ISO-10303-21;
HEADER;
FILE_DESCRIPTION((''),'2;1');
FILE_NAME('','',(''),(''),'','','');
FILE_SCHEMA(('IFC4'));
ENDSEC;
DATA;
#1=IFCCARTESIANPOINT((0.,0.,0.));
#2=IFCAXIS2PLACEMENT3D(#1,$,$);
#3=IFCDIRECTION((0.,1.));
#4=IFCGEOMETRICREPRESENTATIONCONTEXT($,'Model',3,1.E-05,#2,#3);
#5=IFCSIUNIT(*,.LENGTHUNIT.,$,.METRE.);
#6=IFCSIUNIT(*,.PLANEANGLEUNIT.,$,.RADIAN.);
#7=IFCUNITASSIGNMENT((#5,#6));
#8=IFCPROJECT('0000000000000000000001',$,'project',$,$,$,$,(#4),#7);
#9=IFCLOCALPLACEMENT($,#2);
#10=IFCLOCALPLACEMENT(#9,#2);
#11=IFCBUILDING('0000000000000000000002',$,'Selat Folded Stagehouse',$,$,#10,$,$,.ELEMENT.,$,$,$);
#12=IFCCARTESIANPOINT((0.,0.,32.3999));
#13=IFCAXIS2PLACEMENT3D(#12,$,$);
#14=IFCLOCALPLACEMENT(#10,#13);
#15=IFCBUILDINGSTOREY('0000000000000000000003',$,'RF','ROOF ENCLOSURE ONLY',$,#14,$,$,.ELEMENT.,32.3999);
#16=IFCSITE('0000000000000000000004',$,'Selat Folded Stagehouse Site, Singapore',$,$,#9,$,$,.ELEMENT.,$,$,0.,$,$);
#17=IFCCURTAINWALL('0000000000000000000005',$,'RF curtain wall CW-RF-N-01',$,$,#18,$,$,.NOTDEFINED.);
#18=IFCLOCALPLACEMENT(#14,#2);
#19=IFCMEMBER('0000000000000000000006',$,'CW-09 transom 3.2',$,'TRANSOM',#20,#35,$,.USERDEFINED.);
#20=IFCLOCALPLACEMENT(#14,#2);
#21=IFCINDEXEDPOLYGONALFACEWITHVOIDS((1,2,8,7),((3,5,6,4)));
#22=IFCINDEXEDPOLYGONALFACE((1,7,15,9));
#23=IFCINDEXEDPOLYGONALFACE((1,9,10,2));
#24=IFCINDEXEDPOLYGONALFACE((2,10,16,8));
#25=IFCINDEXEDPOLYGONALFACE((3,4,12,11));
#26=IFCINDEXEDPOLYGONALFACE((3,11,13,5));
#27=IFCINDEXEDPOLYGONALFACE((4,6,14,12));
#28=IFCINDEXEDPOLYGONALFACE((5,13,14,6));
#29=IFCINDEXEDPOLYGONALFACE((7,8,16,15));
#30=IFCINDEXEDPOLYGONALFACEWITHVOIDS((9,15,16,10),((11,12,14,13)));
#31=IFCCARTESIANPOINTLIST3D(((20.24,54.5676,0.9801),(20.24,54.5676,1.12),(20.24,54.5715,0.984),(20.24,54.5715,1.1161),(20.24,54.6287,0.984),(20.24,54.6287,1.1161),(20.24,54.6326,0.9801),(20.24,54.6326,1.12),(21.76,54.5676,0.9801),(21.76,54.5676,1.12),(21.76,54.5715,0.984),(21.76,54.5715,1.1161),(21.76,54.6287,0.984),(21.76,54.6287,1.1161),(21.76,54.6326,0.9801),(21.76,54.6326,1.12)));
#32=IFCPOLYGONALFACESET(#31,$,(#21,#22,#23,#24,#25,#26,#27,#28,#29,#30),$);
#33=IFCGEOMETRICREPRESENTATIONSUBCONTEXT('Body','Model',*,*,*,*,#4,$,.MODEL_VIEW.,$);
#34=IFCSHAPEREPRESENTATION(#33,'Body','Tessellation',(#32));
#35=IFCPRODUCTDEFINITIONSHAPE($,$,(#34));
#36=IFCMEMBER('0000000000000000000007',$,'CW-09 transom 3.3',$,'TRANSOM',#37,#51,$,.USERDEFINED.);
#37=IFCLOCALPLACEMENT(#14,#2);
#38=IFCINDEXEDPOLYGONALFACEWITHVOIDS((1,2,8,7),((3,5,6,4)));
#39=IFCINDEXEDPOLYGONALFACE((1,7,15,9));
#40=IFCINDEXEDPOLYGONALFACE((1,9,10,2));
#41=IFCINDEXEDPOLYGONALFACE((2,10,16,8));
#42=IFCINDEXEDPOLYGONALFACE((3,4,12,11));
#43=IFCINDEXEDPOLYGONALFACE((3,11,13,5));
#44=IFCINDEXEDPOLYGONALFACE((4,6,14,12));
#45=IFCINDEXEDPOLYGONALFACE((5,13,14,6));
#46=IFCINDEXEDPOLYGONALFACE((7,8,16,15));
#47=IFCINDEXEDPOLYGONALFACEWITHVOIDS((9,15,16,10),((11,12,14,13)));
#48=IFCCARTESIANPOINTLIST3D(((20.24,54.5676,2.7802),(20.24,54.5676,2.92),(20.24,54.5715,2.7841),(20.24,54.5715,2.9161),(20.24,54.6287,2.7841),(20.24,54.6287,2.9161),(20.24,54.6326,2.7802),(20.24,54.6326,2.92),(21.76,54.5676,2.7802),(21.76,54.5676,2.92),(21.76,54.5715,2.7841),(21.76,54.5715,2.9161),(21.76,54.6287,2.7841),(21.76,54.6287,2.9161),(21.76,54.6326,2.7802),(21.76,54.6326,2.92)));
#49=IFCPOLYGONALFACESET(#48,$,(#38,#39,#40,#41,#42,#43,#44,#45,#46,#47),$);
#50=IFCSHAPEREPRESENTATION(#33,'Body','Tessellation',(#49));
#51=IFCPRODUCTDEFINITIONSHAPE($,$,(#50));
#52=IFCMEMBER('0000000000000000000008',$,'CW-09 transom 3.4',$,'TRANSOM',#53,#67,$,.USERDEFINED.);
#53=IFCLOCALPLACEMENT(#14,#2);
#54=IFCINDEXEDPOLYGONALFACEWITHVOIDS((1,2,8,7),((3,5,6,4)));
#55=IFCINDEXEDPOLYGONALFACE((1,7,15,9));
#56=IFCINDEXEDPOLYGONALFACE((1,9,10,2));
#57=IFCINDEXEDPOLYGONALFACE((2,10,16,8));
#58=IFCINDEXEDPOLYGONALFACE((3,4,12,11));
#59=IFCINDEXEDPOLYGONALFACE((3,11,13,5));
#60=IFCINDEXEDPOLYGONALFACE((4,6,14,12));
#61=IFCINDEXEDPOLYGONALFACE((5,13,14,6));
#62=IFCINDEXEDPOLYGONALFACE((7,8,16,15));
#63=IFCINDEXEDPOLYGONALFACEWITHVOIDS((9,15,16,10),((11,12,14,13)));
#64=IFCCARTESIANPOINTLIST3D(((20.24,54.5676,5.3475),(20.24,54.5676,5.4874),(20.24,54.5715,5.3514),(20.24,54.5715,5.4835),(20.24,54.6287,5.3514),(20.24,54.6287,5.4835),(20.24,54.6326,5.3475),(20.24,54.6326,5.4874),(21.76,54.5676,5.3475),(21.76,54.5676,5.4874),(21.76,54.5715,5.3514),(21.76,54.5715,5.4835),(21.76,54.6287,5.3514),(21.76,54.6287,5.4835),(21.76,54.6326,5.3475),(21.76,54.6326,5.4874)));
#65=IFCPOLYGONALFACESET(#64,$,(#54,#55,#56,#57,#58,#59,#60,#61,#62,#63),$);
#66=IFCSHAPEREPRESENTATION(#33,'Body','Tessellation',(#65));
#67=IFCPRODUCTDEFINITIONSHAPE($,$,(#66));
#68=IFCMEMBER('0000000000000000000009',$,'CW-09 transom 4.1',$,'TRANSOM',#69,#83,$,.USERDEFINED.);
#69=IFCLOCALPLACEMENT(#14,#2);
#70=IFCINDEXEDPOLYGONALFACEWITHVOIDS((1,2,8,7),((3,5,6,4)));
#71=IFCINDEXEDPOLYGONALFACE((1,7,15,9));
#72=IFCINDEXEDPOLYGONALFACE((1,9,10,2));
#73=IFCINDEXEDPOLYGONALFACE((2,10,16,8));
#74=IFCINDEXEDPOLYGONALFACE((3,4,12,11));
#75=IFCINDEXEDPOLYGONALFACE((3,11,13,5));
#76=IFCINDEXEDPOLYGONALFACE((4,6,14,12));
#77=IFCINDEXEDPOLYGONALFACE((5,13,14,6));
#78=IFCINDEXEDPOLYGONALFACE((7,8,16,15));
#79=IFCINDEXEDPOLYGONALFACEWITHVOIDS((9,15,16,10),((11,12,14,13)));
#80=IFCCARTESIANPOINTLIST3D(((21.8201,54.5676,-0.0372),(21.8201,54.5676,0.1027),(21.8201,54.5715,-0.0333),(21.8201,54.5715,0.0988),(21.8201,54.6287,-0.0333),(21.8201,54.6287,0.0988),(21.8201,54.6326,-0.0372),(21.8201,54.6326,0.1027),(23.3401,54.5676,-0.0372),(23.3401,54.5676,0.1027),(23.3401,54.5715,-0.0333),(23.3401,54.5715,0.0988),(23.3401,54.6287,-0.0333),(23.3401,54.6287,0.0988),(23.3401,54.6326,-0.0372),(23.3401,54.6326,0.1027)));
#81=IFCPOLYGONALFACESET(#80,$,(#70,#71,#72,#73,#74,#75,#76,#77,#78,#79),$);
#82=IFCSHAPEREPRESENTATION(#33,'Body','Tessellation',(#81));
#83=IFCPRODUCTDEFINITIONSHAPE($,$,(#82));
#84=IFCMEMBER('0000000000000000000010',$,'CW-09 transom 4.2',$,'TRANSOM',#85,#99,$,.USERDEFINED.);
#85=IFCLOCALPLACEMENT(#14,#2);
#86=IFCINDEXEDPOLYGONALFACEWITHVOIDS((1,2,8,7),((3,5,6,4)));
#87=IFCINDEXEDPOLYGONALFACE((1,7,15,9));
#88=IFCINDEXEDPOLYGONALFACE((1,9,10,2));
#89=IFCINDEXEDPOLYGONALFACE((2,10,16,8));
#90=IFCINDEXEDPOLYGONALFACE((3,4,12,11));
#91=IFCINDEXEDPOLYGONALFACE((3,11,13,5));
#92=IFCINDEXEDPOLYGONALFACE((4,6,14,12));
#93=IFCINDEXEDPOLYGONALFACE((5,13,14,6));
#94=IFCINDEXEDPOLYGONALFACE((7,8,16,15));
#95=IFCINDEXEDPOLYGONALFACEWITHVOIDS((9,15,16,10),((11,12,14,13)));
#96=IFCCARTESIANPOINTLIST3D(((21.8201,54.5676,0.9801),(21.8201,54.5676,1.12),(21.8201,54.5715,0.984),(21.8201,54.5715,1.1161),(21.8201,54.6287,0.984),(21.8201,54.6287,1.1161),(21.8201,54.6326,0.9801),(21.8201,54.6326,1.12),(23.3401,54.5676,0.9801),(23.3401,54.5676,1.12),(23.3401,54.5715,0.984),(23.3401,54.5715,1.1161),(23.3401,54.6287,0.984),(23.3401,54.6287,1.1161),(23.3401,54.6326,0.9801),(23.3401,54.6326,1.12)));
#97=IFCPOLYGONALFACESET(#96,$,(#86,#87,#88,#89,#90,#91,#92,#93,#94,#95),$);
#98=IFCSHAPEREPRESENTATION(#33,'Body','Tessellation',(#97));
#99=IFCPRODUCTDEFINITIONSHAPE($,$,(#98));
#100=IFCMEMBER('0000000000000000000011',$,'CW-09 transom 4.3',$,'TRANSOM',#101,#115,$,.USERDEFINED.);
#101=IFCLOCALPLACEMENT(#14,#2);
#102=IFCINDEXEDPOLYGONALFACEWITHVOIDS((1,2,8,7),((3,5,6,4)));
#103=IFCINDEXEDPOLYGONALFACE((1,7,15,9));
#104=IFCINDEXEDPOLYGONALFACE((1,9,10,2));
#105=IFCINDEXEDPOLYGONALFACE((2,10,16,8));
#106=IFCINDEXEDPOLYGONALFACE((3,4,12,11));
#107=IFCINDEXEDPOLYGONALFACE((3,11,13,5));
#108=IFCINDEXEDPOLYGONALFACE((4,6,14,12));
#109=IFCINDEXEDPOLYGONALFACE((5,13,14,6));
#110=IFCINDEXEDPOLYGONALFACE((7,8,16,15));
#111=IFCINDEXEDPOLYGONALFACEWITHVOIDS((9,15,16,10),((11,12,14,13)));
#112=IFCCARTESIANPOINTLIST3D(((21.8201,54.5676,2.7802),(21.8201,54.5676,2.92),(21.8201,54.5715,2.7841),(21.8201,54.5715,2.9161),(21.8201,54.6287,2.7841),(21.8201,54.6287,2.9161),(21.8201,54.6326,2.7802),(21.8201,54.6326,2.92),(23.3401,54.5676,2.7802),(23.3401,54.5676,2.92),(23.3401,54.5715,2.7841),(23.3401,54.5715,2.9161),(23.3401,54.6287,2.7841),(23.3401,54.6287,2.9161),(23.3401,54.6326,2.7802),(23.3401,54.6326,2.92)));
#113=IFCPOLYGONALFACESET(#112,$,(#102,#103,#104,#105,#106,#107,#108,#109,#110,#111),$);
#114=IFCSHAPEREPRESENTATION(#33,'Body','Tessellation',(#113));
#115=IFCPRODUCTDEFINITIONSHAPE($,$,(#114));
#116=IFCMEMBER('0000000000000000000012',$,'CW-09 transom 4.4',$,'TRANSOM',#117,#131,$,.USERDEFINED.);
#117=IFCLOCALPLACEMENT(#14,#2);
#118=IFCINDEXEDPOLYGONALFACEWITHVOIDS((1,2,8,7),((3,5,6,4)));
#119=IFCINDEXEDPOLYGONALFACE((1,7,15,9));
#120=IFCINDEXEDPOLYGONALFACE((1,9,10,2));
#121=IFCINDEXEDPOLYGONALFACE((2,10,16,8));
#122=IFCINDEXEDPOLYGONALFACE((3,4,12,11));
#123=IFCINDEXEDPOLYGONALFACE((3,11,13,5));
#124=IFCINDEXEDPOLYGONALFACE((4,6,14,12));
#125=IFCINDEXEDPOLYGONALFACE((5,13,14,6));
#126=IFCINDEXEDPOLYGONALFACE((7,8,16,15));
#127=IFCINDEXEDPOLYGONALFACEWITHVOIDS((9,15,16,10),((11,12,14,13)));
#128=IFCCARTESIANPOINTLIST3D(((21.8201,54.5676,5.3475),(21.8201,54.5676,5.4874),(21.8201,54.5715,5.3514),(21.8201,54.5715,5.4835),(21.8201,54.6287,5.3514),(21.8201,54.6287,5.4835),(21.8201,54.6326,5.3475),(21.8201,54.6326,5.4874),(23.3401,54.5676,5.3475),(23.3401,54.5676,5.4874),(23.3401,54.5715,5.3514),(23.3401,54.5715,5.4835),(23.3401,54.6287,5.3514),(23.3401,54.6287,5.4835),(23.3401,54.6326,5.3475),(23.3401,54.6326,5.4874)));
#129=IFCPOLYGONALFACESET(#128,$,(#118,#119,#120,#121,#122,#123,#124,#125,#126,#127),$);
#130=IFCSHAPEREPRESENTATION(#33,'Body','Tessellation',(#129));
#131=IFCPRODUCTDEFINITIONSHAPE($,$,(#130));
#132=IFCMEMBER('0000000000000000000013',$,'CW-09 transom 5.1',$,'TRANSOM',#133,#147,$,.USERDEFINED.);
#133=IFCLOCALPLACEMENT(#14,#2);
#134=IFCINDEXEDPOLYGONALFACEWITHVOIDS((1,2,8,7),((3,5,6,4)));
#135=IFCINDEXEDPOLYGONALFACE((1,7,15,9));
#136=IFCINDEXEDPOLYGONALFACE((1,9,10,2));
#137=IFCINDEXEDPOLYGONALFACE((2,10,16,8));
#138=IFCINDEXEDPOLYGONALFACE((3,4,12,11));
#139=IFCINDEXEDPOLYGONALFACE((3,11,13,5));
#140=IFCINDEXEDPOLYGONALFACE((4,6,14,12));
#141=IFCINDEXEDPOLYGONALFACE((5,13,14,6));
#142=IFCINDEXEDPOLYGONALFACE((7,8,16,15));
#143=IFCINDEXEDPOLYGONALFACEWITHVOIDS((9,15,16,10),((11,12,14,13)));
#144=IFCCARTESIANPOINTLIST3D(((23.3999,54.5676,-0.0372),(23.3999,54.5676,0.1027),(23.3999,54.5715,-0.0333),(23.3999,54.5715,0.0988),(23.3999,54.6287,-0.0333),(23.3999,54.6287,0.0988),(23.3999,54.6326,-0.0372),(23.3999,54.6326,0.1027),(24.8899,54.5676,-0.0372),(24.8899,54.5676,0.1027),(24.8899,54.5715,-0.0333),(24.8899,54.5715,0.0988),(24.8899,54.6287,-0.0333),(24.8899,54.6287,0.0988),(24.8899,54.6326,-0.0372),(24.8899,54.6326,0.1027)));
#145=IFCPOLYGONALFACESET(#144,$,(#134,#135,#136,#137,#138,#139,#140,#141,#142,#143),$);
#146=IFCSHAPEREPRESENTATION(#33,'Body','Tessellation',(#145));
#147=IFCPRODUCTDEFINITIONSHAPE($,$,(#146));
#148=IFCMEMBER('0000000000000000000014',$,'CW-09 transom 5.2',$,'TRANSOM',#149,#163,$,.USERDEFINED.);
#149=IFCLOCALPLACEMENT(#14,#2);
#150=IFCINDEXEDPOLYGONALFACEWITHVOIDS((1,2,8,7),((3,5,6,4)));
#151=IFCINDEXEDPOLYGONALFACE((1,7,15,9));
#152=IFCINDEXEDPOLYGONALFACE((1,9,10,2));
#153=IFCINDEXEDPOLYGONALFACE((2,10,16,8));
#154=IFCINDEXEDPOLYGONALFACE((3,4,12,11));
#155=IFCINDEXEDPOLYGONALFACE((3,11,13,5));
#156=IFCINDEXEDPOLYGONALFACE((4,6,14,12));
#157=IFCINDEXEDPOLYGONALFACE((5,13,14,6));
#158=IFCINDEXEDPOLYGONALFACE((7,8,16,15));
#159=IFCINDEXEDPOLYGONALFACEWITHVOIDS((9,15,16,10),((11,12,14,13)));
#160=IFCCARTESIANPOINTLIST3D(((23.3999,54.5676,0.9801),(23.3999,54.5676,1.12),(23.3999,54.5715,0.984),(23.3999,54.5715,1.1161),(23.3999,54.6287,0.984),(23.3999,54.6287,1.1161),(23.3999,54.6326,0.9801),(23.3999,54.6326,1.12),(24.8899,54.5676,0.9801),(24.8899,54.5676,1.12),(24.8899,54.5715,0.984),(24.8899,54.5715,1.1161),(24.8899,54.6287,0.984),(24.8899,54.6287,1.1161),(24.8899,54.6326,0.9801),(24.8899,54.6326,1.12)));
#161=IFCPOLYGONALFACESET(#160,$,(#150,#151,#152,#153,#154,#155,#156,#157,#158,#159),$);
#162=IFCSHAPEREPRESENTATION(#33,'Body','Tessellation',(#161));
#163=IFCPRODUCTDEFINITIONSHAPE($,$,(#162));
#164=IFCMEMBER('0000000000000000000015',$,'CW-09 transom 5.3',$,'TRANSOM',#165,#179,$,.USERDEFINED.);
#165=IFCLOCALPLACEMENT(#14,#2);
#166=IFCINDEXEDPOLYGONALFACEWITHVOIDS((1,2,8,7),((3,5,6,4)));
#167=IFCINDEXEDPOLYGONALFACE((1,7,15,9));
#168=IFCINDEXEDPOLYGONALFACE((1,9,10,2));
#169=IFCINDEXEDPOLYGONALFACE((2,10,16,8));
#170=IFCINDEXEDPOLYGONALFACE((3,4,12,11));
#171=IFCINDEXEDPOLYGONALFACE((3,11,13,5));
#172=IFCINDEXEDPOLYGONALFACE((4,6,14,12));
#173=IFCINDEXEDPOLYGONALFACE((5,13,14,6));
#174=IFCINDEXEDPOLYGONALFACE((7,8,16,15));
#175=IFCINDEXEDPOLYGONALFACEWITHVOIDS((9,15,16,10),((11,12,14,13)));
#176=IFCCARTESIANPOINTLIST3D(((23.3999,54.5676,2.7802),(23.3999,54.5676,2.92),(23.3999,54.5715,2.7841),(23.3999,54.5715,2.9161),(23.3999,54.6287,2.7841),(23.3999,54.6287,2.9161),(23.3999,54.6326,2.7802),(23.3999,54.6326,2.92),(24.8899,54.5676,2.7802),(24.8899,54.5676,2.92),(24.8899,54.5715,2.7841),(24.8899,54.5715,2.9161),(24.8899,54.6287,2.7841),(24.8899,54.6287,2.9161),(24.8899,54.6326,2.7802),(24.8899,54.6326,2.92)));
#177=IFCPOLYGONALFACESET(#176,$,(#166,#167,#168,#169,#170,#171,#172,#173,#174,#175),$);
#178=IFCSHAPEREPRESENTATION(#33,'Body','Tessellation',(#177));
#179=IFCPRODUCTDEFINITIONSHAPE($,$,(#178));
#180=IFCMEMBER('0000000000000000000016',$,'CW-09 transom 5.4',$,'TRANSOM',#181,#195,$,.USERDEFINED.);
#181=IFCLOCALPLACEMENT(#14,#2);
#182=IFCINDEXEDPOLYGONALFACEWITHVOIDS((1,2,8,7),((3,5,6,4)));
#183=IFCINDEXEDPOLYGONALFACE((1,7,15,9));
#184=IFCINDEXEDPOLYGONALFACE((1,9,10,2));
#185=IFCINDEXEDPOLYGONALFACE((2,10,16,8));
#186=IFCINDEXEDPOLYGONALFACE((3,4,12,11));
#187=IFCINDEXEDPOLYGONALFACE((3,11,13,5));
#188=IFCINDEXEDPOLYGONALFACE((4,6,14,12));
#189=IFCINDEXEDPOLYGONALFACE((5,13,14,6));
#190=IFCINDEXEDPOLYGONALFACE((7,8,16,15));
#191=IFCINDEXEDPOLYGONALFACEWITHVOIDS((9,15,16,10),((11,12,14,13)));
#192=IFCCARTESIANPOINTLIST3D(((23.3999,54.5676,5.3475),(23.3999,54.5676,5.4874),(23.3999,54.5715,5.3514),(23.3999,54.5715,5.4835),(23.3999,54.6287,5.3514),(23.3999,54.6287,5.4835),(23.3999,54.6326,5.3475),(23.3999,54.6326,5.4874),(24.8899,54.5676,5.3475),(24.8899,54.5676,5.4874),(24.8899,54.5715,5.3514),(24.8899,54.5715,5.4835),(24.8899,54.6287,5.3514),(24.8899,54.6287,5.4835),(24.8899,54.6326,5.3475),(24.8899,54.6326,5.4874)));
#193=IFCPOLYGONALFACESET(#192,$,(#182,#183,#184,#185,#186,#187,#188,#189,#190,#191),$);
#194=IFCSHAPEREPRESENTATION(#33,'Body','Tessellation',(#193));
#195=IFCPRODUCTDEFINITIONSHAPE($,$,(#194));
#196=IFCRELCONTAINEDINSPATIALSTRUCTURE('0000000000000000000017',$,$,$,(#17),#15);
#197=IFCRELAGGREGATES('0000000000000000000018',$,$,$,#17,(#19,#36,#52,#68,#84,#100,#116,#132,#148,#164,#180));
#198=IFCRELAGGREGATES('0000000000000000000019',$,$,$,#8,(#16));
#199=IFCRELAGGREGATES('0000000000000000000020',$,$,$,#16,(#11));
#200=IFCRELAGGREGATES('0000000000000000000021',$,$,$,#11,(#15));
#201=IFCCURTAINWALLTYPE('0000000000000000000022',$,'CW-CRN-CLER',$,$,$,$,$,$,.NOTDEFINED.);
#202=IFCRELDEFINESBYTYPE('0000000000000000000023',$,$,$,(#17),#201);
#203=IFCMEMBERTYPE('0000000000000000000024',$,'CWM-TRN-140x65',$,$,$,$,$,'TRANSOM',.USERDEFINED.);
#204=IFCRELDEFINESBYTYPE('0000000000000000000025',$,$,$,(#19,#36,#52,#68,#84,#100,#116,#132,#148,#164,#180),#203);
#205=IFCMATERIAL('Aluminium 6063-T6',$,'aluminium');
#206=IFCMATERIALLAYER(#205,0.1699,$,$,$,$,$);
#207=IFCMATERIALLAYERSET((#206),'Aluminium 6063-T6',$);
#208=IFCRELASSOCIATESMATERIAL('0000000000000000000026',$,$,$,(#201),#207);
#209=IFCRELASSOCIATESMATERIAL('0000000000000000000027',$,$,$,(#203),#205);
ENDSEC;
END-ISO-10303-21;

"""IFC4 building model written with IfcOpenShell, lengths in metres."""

from ifc_helpers import new_model, si_unit, direction, frame, origin, origin_2d, place, context, subcontext, project, spatial, hollow_rectangle, extrude, material, layer, layer_set, material_profile, profile_set, type_object, element, aggregate, save


model = new_model("IFC4")

# Units and contexts
model_context = context("Model", 3, precision=1e-05, world=origin(), true_north=direction((0.0, 1.0)))
body_context = subcontext(model_context, "Body", "Model", "MODEL_VIEW")
ifc_project = project(units=[si_unit("LENGTHUNIT", "METRE"), si_unit("PLANEANGLEUNIT", "RADIAN")], contexts=[model_context])

# Site, building, storey
site_placement = place(None, origin())
site = spatial("IfcSite", under=ifc_project, at=site_placement, Name="Selat Folded Stagehouse Site, Singapore", CompositionType="ELEMENT", RefElevation=0.0)
building_placement = place(site_placement, origin())
building = spatial("IfcBuilding", under=site, at=building_placement, Name="Selat Folded Stagehouse", CompositionType="ELEMENT")
storey_placement = place(building_placement, frame((0.0, 0.0, 32.3999)))
storey = spatial("IfcBuildingStorey", under=building, at=storey_placement, Name="RF", Description="ROOF ENCLOSURE ONLY", CompositionType="ELEMENT", Elevation=32.3999)

# Curtain wall
ifc_material_1 = material(Name="Aluminium 6063-T6", Category="aluminium")
ifc_layer_1 = layer(ifc_material_1, 0.1699)
ifc_layer_set_1 = layer_set([ifc_layer_1], Name="Aluminium 6063-T6")
curtain_wall_type = type_object("IfcCurtainWallType", Name="CW-CRN-CLER", PredefinedType="NOTDEFINED", material=ifc_layer_set_1)
curtain_wall_1_placement = place(storey_placement, origin())
curtain_wall_1 = element("IfcCurtainWall", 1, at=curtain_wall_1_placement, inside=storey, type_object=curtain_wall_type, Name="RF curtain wall CW-RF-N-01", PredefinedType="NOTDEFINED")

# Members
ifc_material_profile_1 = material_profile(ifc_material_1, hollow_rectangle(XDim=0.0649, YDim=0.1399, WallThickness=0.0039, at=origin_2d()), Name="ALU 140x65x4.0")
ifc_profile_set_1 = profile_set([ifc_material_profile_1], Name="Aluminium 6063-T6")
member_type_1 = type_object("IfcMemberType", Name="CWM-TRN-140x65", ElementType="TRANSOM", PredefinedType="USERDEFINED", material=ifc_profile_set_1)
member_1_placement = place(storey_placement, frame((20.24, 54.6001, 1.05), z_axis=(1.0, 0.0, 0.0), x_axis=(0.0, 1.0, 0.0)))
member_1 = element("IfcMember", 2, at=member_1_placement, type_object=member_type_1, Name="CW-09 transom 3.2", ObjectType="TRANSOM", PredefinedType="USERDEFINED", context=body_context, shape_type="SweptSolid", body=[
    extrude(hollow_rectangle(XDim=0.0649, YDim=0.1399, WallThickness=0.0039, at=origin_2d()), origin(), (0.0, 0.0, 1.0), 1.52),
])
member_2_placement = place(storey_placement, frame((20.24, 54.6001, 2.8501), z_axis=(1.0, 0.0, 0.0), x_axis=(0.0, 1.0, 0.0)))
member_2 = element("IfcMember", 3, at=member_2_placement, type_object=member_type_1, Name="CW-09 transom 3.3", ObjectType="TRANSOM", PredefinedType="USERDEFINED", context=body_context, shape_type="SweptSolid", body=[
    extrude(hollow_rectangle(XDim=0.0649, YDim=0.1399, WallThickness=0.0039, at=origin_2d()), origin(), (0.0, 0.0, 1.0), 1.52),
])
member_3_placement = place(storey_placement, frame((20.24, 54.6001, 5.4175), z_axis=(1.0, 0.0, 0.0), x_axis=(0.0, 1.0, 0.0)))
member_3 = element("IfcMember", 4, at=member_3_placement, type_object=member_type_1, Name="CW-09 transom 3.4", ObjectType="TRANSOM", PredefinedType="USERDEFINED", context=body_context, shape_type="SweptSolid", body=[
    extrude(hollow_rectangle(XDim=0.0649, YDim=0.1399, WallThickness=0.0039, at=origin_2d()), origin(), (0.0, 0.0, 1.0), 1.52),
])
member_4_placement = place(storey_placement, frame((21.8201, 54.6001, 0.0327), z_axis=(1.0, 0.0, 0.0), x_axis=(0.0, 1.0, 0.0)))
member_4 = element("IfcMember", 5, at=member_4_placement, type_object=member_type_1, Name="CW-09 transom 4.1", ObjectType="TRANSOM", PredefinedType="USERDEFINED", context=body_context, shape_type="SweptSolid", body=[
    extrude(hollow_rectangle(XDim=0.0649, YDim=0.1399, WallThickness=0.0039, at=origin_2d()), origin(), (0.0, 0.0, 1.0), 1.52),
])
member_5_placement = place(storey_placement, frame((21.8201, 54.6001, 1.05), z_axis=(1.0, 0.0, 0.0), x_axis=(0.0, 1.0, 0.0)))
member_5 = element("IfcMember", 6, at=member_5_placement, type_object=member_type_1, Name="CW-09 transom 4.2", ObjectType="TRANSOM", PredefinedType="USERDEFINED", context=body_context, shape_type="SweptSolid", body=[
    extrude(hollow_rectangle(XDim=0.0649, YDim=0.1399, WallThickness=0.0039, at=origin_2d()), origin(), (0.0, 0.0, 1.0), 1.52),
])
member_6_placement = place(storey_placement, frame((21.8201, 54.6001, 2.8501), z_axis=(1.0, 0.0, 0.0), x_axis=(0.0, 1.0, 0.0)))
member_6 = element("IfcMember", 7, at=member_6_placement, type_object=member_type_1, Name="CW-09 transom 4.3", ObjectType="TRANSOM", PredefinedType="USERDEFINED", context=body_context, shape_type="SweptSolid", body=[
    extrude(hollow_rectangle(XDim=0.0649, YDim=0.1399, WallThickness=0.0039, at=origin_2d()), origin(), (0.0, 0.0, 1.0), 1.52),
])
member_7_placement = place(storey_placement, frame((21.8201, 54.6001, 5.4175), z_axis=(1.0, 0.0, 0.0), x_axis=(0.0, 1.0, 0.0)))
member_7 = element("IfcMember", 8, at=member_7_placement, type_object=member_type_1, Name="CW-09 transom 4.4", ObjectType="TRANSOM", PredefinedType="USERDEFINED", context=body_context, shape_type="SweptSolid", body=[
    extrude(hollow_rectangle(XDim=0.0649, YDim=0.1399, WallThickness=0.0039, at=origin_2d()), origin(), (0.0, 0.0, 1.0), 1.52),
])
member_8_placement = place(storey_placement, frame((23.3999, 54.6001, 0.0327), z_axis=(1.0, 0.0, 0.0), x_axis=(0.0, 1.0, 0.0)))
member_8 = element("IfcMember", 9, at=member_8_placement, type_object=member_type_1, Name="CW-09 transom 5.1", ObjectType="TRANSOM", PredefinedType="USERDEFINED", context=body_context, shape_type="SweptSolid", body=[
    extrude(hollow_rectangle(XDim=0.0649, YDim=0.1399, WallThickness=0.0039, at=origin_2d()), origin(), (0.0, 0.0, 1.0), 1.49),
])
member_9_placement = place(storey_placement, frame((23.3999, 54.6001, 1.05), z_axis=(1.0, 0.0, 0.0), x_axis=(0.0, 1.0, 0.0)))
member_9 = element("IfcMember", 10, at=member_9_placement, type_object=member_type_1, Name="CW-09 transom 5.2", ObjectType="TRANSOM", PredefinedType="USERDEFINED", context=body_context, shape_type="SweptSolid", body=[
    extrude(hollow_rectangle(XDim=0.0649, YDim=0.1399, WallThickness=0.0039, at=origin_2d()), origin(), (0.0, 0.0, 1.0), 1.49),
])
member_10_placement = place(storey_placement, frame((23.3999, 54.6001, 2.8501), z_axis=(1.0, 0.0, 0.0), x_axis=(0.0, 1.0, 0.0)))
member_10 = element("IfcMember", 11, at=member_10_placement, type_object=member_type_1, Name="CW-09 transom 5.3", ObjectType="TRANSOM", PredefinedType="USERDEFINED", context=body_context, shape_type="SweptSolid", body=[
    extrude(hollow_rectangle(XDim=0.0649, YDim=0.1399, WallThickness=0.0039, at=origin_2d()), origin(), (0.0, 0.0, 1.0), 1.49),
])
member_11_placement = place(storey_placement, frame((23.3999, 54.6001, 5.4175), z_axis=(1.0, 0.0, 0.0), x_axis=(0.0, 1.0, 0.0)))
member_11 = element("IfcMember", 12, at=member_11_placement, type_object=member_type_1, Name="CW-09 transom 5.4", ObjectType="TRANSOM", PredefinedType="USERDEFINED", context=body_context, shape_type="SweptSolid", body=[
    extrude(hollow_rectangle(XDim=0.0649, YDim=0.1399, WallThickness=0.0039, at=origin_2d()), origin(), (0.0, 0.0, 1.0), 1.49),
])

aggregate(curtain_wall_1, [member_1, member_2, member_3, member_4, member_5, member_6, member_7, member_8, member_9, member_10, member_11])

save(model, "model.ifc")
